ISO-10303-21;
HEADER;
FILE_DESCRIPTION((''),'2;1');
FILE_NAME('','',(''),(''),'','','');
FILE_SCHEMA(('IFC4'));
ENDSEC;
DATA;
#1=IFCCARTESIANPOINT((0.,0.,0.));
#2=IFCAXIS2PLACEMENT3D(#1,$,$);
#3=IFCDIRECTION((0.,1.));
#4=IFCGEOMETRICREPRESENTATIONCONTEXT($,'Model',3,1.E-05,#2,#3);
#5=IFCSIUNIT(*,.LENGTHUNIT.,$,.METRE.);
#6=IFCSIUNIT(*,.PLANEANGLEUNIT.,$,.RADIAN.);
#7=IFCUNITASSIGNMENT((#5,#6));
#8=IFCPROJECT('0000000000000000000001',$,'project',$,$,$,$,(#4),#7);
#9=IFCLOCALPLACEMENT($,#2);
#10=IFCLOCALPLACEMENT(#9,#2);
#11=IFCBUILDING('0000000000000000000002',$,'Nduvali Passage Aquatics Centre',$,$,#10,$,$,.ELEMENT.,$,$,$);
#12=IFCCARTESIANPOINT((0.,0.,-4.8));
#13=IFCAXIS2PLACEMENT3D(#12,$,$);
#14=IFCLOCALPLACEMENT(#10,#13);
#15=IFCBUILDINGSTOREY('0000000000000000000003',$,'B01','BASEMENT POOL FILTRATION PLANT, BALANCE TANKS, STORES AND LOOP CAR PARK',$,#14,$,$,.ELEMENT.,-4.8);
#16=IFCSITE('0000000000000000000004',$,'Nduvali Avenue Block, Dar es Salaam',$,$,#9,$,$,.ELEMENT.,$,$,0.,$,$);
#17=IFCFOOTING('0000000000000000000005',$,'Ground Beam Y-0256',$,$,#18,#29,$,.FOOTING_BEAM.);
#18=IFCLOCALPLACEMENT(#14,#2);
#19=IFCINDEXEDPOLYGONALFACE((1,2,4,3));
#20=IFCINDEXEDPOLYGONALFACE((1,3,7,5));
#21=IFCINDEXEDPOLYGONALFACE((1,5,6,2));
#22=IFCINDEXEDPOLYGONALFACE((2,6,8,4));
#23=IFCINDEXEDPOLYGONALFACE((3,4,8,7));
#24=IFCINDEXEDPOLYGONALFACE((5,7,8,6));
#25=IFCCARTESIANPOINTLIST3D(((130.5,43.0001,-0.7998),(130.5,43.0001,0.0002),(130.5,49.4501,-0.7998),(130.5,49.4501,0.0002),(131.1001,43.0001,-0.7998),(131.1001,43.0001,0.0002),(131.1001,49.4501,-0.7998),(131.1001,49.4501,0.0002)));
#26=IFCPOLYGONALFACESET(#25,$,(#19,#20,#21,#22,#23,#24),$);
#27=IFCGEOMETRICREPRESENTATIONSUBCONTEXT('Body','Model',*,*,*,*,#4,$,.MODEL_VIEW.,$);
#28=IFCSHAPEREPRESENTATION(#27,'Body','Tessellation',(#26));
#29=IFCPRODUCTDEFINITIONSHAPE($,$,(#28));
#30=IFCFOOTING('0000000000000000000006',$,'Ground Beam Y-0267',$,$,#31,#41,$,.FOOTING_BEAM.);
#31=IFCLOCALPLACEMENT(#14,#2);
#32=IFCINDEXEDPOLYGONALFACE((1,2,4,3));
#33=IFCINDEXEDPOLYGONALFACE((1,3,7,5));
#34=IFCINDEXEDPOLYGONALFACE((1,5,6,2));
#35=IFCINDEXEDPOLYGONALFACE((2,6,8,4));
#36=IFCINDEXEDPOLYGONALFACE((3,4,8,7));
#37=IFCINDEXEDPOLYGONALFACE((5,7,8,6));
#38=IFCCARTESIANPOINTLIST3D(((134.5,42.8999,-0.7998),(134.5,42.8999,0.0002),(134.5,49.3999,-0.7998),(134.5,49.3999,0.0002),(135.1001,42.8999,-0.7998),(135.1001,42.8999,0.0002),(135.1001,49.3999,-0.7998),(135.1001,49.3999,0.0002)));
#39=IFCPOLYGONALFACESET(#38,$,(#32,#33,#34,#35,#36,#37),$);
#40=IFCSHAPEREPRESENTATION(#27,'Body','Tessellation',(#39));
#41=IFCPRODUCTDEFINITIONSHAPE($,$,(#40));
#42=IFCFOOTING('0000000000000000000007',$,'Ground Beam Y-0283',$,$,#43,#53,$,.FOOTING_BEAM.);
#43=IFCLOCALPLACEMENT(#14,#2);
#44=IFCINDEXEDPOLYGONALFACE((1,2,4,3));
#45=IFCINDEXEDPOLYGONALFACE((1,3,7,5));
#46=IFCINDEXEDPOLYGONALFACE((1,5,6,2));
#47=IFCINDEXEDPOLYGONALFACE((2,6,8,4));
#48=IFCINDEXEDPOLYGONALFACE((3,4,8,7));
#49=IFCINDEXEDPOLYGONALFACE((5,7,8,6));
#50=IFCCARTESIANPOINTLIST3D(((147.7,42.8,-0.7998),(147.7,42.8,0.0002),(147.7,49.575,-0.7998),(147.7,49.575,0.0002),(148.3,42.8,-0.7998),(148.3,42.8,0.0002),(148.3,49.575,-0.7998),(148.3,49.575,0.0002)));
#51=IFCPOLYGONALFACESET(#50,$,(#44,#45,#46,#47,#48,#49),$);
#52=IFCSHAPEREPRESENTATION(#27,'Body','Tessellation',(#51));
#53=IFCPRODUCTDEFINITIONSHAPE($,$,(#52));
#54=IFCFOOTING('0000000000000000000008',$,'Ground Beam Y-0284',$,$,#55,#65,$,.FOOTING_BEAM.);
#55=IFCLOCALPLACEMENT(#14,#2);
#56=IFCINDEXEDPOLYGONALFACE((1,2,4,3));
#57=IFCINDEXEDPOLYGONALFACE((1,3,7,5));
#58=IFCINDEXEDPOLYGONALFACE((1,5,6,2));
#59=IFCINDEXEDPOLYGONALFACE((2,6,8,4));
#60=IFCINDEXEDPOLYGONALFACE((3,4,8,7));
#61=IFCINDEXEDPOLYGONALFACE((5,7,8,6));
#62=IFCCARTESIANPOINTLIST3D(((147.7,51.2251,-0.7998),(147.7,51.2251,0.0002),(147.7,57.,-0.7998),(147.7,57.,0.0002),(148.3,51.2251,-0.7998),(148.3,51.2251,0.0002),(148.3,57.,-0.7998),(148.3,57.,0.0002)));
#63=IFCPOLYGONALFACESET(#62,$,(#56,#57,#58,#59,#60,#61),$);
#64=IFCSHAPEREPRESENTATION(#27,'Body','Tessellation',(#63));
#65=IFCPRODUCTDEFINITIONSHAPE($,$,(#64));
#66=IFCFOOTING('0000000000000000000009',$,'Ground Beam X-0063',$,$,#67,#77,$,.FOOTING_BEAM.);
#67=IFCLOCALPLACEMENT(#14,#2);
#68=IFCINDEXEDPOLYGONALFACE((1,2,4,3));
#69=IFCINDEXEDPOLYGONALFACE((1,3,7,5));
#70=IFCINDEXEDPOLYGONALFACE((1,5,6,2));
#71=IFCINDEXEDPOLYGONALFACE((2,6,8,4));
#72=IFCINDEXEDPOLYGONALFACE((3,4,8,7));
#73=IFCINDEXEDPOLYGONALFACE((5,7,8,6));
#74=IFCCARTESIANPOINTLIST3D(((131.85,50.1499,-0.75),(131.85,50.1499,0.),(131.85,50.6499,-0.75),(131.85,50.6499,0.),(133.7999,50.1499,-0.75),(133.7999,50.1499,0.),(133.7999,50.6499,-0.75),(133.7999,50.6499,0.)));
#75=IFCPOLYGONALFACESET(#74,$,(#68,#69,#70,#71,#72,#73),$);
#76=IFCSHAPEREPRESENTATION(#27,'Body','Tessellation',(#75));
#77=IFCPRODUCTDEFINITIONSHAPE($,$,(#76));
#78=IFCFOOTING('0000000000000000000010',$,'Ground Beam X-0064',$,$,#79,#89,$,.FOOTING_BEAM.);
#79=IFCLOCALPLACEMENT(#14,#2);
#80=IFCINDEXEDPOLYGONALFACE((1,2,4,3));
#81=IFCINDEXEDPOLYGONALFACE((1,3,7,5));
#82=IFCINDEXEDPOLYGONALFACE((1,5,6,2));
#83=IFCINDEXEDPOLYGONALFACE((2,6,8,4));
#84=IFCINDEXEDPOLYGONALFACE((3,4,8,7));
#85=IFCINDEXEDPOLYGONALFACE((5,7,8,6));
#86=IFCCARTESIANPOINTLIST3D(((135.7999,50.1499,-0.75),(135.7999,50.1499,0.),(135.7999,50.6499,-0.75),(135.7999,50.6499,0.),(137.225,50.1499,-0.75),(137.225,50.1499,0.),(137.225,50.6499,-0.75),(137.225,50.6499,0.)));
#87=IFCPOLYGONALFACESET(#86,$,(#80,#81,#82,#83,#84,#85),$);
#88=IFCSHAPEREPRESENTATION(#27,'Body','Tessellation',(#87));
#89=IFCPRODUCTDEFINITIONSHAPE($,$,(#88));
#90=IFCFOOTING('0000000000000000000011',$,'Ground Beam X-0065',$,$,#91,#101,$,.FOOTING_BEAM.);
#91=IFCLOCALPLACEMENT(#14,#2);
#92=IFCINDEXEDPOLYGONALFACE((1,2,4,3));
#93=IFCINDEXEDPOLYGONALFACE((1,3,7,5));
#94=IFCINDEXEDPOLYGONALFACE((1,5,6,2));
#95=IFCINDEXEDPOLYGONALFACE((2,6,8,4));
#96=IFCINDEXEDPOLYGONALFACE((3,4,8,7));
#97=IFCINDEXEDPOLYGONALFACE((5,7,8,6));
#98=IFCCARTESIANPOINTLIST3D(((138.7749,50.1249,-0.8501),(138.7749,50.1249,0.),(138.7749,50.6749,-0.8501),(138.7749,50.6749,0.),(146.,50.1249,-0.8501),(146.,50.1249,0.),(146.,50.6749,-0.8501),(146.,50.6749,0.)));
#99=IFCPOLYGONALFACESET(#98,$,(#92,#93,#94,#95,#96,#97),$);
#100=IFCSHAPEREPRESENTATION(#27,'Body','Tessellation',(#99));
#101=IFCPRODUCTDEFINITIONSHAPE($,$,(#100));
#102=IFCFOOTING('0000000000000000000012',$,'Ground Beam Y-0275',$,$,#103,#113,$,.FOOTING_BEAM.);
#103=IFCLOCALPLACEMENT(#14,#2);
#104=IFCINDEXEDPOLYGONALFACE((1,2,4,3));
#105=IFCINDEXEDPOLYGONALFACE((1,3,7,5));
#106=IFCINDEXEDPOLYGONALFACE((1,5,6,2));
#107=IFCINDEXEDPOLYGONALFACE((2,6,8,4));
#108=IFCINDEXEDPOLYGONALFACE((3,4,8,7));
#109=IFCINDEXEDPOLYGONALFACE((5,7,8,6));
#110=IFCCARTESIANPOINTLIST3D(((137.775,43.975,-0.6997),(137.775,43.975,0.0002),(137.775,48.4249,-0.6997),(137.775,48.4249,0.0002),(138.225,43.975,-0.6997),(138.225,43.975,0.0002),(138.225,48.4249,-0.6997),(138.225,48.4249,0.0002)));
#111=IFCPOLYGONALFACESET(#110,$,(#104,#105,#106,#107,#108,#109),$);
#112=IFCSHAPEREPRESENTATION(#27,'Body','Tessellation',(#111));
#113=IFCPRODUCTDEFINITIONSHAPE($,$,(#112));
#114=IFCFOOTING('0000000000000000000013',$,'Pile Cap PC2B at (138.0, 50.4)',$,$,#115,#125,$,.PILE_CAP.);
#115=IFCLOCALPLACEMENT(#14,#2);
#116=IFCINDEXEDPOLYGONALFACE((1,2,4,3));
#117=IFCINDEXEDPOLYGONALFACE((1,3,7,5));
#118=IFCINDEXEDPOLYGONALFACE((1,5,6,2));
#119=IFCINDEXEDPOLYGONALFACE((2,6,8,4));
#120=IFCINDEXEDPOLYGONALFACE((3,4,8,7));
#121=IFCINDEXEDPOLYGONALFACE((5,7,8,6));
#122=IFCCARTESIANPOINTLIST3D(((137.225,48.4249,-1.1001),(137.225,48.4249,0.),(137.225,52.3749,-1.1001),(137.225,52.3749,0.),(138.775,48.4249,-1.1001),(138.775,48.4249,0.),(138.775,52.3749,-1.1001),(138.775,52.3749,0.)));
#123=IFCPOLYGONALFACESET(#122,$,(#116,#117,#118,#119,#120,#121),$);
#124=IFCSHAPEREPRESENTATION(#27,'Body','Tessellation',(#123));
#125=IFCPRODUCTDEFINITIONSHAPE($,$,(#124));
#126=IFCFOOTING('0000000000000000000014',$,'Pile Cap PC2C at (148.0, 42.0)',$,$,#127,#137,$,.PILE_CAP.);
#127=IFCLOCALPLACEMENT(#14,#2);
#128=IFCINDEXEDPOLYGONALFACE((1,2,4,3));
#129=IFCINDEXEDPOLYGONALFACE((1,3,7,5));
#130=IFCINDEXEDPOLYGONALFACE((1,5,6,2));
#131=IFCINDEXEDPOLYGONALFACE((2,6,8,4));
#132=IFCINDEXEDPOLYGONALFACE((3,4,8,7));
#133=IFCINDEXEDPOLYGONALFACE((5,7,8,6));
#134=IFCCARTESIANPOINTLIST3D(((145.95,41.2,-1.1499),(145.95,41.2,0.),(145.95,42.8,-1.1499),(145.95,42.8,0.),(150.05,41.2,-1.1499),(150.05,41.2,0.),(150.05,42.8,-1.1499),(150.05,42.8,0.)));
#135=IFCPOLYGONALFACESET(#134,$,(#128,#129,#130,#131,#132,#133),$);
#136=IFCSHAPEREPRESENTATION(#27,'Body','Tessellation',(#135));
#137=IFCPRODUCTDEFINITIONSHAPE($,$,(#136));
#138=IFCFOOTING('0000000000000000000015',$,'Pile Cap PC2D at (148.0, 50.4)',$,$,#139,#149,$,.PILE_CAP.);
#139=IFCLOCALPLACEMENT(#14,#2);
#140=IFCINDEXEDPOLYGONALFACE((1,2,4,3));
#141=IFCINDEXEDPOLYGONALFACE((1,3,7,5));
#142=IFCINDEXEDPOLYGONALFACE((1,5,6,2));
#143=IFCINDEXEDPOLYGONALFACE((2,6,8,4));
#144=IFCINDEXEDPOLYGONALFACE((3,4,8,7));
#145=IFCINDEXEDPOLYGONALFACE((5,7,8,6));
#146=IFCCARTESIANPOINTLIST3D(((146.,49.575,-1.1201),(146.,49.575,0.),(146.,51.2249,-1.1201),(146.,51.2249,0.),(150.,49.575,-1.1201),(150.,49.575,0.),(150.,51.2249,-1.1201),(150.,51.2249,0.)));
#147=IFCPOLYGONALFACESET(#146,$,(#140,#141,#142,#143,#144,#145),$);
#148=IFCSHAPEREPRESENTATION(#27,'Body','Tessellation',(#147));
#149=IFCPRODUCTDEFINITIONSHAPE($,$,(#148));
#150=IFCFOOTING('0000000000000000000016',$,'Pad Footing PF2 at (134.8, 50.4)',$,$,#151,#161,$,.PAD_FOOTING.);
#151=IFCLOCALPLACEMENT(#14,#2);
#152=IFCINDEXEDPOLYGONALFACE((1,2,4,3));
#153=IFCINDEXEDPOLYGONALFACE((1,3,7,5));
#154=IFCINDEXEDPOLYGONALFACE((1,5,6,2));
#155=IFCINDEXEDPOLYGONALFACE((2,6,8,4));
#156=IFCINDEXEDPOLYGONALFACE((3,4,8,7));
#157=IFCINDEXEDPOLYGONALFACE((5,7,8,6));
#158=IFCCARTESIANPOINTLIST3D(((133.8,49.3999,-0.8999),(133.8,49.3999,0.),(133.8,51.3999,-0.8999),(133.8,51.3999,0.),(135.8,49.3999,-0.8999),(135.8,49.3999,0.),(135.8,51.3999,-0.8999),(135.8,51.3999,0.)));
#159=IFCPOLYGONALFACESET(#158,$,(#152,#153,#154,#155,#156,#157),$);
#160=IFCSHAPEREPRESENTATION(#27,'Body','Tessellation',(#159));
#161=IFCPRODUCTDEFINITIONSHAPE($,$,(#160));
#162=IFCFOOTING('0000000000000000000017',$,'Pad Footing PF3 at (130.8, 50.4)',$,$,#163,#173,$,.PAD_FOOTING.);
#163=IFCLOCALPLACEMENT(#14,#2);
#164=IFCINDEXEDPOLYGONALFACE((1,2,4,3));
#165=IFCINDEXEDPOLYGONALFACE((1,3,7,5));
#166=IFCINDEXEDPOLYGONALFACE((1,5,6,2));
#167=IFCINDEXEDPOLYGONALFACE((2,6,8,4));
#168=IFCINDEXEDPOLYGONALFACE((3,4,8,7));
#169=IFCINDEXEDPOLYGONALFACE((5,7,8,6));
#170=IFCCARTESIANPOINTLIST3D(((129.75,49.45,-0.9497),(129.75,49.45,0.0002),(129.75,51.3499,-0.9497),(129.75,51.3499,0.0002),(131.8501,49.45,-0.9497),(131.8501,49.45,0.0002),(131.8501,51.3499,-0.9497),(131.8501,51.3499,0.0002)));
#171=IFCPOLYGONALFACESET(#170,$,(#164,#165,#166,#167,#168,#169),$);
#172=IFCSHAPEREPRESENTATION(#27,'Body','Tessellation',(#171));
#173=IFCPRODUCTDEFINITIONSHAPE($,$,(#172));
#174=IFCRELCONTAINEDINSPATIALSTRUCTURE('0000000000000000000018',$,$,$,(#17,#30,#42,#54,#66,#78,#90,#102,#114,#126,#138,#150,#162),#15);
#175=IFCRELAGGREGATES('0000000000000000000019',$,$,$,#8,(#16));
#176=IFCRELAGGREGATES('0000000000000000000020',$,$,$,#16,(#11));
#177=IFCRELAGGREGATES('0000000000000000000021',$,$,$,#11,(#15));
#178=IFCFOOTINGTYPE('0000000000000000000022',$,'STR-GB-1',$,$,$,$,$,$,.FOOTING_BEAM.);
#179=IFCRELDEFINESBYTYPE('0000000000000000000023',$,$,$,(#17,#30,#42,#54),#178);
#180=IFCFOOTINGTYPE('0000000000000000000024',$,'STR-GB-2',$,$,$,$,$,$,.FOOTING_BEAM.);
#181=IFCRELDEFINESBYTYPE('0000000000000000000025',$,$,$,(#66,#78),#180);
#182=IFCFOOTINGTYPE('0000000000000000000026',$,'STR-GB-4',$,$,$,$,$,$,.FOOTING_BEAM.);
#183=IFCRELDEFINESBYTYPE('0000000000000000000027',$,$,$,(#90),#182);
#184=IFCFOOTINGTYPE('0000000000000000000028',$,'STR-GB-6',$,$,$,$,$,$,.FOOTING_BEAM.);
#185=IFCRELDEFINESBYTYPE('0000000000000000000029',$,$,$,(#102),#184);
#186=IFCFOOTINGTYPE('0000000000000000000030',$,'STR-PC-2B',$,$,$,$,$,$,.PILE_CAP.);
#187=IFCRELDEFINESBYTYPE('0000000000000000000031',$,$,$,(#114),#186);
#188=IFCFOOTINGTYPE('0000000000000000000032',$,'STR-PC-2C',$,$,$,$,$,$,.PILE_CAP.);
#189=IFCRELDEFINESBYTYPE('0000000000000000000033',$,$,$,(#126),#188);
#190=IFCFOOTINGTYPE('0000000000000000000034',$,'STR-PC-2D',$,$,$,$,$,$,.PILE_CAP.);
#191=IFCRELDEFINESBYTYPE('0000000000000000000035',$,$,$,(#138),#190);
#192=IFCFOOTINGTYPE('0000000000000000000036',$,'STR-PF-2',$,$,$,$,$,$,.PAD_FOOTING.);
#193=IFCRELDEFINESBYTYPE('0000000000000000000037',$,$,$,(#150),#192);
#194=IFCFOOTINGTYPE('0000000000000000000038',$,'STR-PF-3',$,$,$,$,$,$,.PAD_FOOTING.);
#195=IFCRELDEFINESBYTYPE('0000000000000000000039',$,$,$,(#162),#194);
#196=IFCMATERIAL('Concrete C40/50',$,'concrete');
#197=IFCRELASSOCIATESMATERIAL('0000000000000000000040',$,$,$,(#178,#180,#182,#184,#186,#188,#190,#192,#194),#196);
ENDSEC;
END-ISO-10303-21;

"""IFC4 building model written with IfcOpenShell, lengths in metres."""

from ifc_helpers import new_model, si_unit, direction, frame, origin, origin_2d, place, context, subcontext, project, spatial, rectangle, extrude, material, type_object, element, save


model = new_model("IFC4")

# Units and contexts
model_context = context("Model", 3, precision=1e-05, world=origin(), true_north=direction((0.0, 1.0)))
body_context = subcontext(model_context, "Body", "Model", "MODEL_VIEW")
ifc_project = project(units=[si_unit("LENGTHUNIT", "METRE"), si_unit("PLANEANGLEUNIT", "RADIAN")], contexts=[model_context])

# Site, building, storey
site_placement = place(None, origin())
site = spatial("IfcSite", under=ifc_project, at=site_placement, Name="Nduvali Avenue Block, Dar es Salaam", CompositionType="ELEMENT", RefElevation=0.0)
building_placement = place(site_placement, origin())
building = spatial("IfcBuilding", under=site, at=building_placement, Name="Nduvali Passage Aquatics Centre", CompositionType="ELEMENT")
storey_placement = place(building_placement, frame((0.0, 0.0, -4.8)))
storey = spatial("IfcBuildingStorey", under=building, at=storey_placement, Name="B01", Description="BASEMENT POOL FILTRATION PLANT, BALANCE TANKS, STORES AND LOOP CAR PARK", CompositionType="ELEMENT", Elevation=-4.8)

# Footings
ifc_material = material(Name="Concrete C40/50", Category="concrete")
footing_type_1 = type_object("IfcFootingType", Name="STR-GB-1", PredefinedType="FOOTING_BEAM", material=ifc_material)
footing_1_placement = place(storey_placement, frame((130.8, 46.2251, -0.7998), z_axis=(0.0, 0.0, 1.0), x_axis=(0.0, 1.0, 0.0)))
element("IfcFooting", 1, at=footing_1_placement, inside=storey, type_object=footing_type_1, Name="Ground Beam Y-0256", PredefinedType="FOOTING_BEAM", context=body_context, shape_type="SweptSolid", body=[
    extrude(rectangle(XDim=6.45, YDim=0.6001, at=origin_2d()), origin(), (0.0, 0.0, 1.0), 0.8),
])
footing_2_placement = place(storey_placement, frame((134.8, 46.1499, -0.7998), z_axis=(0.0, 0.0, 1.0), x_axis=(0.0, 1.0, 0.0)))
element("IfcFooting", 2, at=footing_2_placement, inside=storey, type_object=footing_type_1, Name="Ground Beam Y-0267", PredefinedType="FOOTING_BEAM", context=body_context, shape_type="SweptSolid", body=[
    extrude(rectangle(XDim=6.5, YDim=0.6001, at=origin_2d()), origin(), (0.0, 0.0, 1.0), 0.8),
])
footing_3_placement = place(storey_placement, frame((148.0, 46.1875, -0.7998), z_axis=(0.0, 0.0, 1.0), x_axis=(0.0, 1.0, 0.0)))
element("IfcFooting", 3, at=footing_3_placement, inside=storey, type_object=footing_type_1, Name="Ground Beam Y-0283", PredefinedType="FOOTING_BEAM", context=body_context, shape_type="SweptSolid", body=[
    extrude(rectangle(XDim=6.7749, YDim=0.6001, at=origin_2d()), origin(), (0.0, 0.0, 1.0), 0.8),
])
footing_4_placement = place(storey_placement, frame((148.0, 54.1125, -0.7998), z_axis=(0.0, 0.0, 1.0), x_axis=(0.0, 1.0, 0.0)))
element("IfcFooting", 4, at=footing_4_placement, inside=storey, type_object=footing_type_1, Name="Ground Beam Y-0284", PredefinedType="FOOTING_BEAM", context=body_context, shape_type="SweptSolid", body=[
    extrude(rectangle(XDim=5.7749, YDim=0.6001, at=origin_2d()), origin(), (0.0, 0.0, 1.0), 0.8),
])
footing_type_2 = type_object("IfcFootingType", Name="STR-GB-2", PredefinedType="FOOTING_BEAM", material=ifc_material)
footing_5_placement = place(storey_placement, frame((132.825, 50.3999, -0.75), z_axis=(0.0, 0.0, 1.0), x_axis=(1.0, 0.0, 0.0)))
element("IfcFooting", 5, at=footing_5_placement, inside=storey, type_object=footing_type_2, Name="Ground Beam X-0063", PredefinedType="FOOTING_BEAM", context=body_context, shape_type="SweptSolid", body=[
    extrude(rectangle(XDim=1.95, YDim=0.5, at=origin_2d()), origin(), (0.0, 0.0, 1.0), 0.75),
])
footing_6_placement = place(storey_placement, frame((136.5125, 50.3999, -0.75), z_axis=(0.0, 0.0, 1.0), x_axis=(1.0, 0.0, 0.0)))
element("IfcFooting", 6, at=footing_6_placement, inside=storey, type_object=footing_type_2, Name="Ground Beam X-0064", PredefinedType="FOOTING_BEAM", context=body_context, shape_type="SweptSolid", body=[
    extrude(rectangle(XDim=1.425, YDim=0.5, at=origin_2d()), origin(), (0.0, 0.0, 1.0), 0.75),
])
footing_type_3 = type_object("IfcFootingType", Name="STR-GB-4", PredefinedType="FOOTING_BEAM", material=ifc_material)
footing_7_placement = place(storey_placement, frame((142.3875, 50.3999, -0.8501), z_axis=(0.0, 0.0, 1.0), x_axis=(1.0, 0.0, 0.0)))
element("IfcFooting", 7, at=footing_7_placement, inside=storey, type_object=footing_type_3, Name="Ground Beam X-0065", PredefinedType="FOOTING_BEAM", context=body_context, shape_type="SweptSolid", body=[
    extrude(rectangle(XDim=7.2251, YDim=0.55, at=origin_2d()), origin(), (0.0, 0.0, 1.0), 0.8501),
])
footing_type_4 = type_object("IfcFootingType", Name="STR-GB-6", PredefinedType="FOOTING_BEAM", material=ifc_material)
footing_8_placement = place(storey_placement, frame((138.0, 46.2, -0.6997), z_axis=(0.0, 0.0, 1.0), x_axis=(0.0, 1.0, 0.0)))
element("IfcFooting", 8, at=footing_8_placement, inside=storey, type_object=footing_type_4, Name="Ground Beam Y-0275", PredefinedType="FOOTING_BEAM", context=body_context, shape_type="SweptSolid", body=[
    extrude(rectangle(XDim=4.45, YDim=0.45, at=origin_2d()), origin(), (0.0, 0.0, 1.0), 0.7),
])
footing_type_5 = type_object("IfcFootingType", Name="STR-PC-2B", PredefinedType="PILE_CAP", material=ifc_material)
footing_9_placement = place(storey_placement, frame((138.0, 50.3999, -1.1001), z_axis=(0.0, 0.0, 1.0), x_axis=(1.0, 0.0, 0.0)))
element("IfcFooting", 9, at=footing_9_placement, inside=storey, type_object=footing_type_5, Name="Pile Cap PC2B at (138.0, 50.4)", PredefinedType="PILE_CAP", context=body_context, shape_type="SweptSolid", body=[
    extrude(rectangle(XDim=1.55, YDim=3.95, at=origin_2d()), origin(), (0.0, 0.0, 1.0), 1.1001),
])
footing_type_6 = type_object("IfcFootingType", Name="STR-PC-2C", PredefinedType="PILE_CAP", material=ifc_material)
footing_10_placement = place(storey_placement, frame((148.0, 42.0, -1.1499), z_axis=(0.0, 0.0, 1.0), x_axis=(1.0, 0.0, 0.0)))
element("IfcFooting", 10, at=footing_10_placement, inside=storey, type_object=footing_type_6, Name="Pile Cap PC2C at (148.0, 42.0)", PredefinedType="PILE_CAP", context=body_context, shape_type="SweptSolid", body=[
    extrude(rectangle(XDim=4.1001, YDim=1.6001, at=origin_2d()), origin(), (0.0, 0.0, 1.0), 1.1499),
])
footing_type_7 = type_object("IfcFootingType", Name="STR-PC-2D", PredefinedType="PILE_CAP", material=ifc_material)
footing_11_placement = place(storey_placement, frame((148.0, 50.3999, -1.1201), z_axis=(0.0, 0.0, 1.0), x_axis=(1.0, 0.0, 0.0)))
element("IfcFooting", 11, at=footing_11_placement, inside=storey, type_object=footing_type_7, Name="Pile Cap PC2D at (148.0, 50.4)", PredefinedType="PILE_CAP", context=body_context, shape_type="SweptSolid", body=[
    extrude(rectangle(XDim=4.0, YDim=1.6499, at=origin_2d()), origin(), (0.0, 0.0, 1.0), 1.1201),
])
footing_type_8 = type_object("IfcFootingType", Name="STR-PF-2", PredefinedType="PAD_FOOTING", material=ifc_material)
footing_12_placement = place(storey_placement, frame((134.8, 50.3999, -0.8999), z_axis=(0.0, 0.0, 1.0), x_axis=(1.0, 0.0, 0.0)))
element("IfcFooting", 12, at=footing_12_placement, inside=storey, type_object=footing_type_8, Name="Pad Footing PF2 at (134.8, 50.4)", PredefinedType="PAD_FOOTING", context=body_context, shape_type="SweptSolid", body=[
    extrude(rectangle(XDim=2.0, YDim=2.0, at=origin_2d()), origin(), (0.0, 0.0, 1.0), 0.8999),
])
footing_type_9 = type_object("IfcFootingType", Name="STR-PF-3", PredefinedType="PAD_FOOTING", material=ifc_material)
footing_13_placement = place(storey_placement, frame((130.8, 50.3999, -0.9497), z_axis=(0.0, 0.0, 1.0), x_axis=(1.0, 0.0, 0.0)))
element("IfcFooting", 13, at=footing_13_placement, inside=storey, type_object=footing_type_9, Name="Pad Footing PF3 at (130.8, 50.4)", PredefinedType="PAD_FOOTING", context=body_context, shape_type="SweptSolid", body=[
    extrude(rectangle(XDim=2.1001, YDim=1.8999, at=origin_2d()), origin(), (0.0, 0.0, 1.0), 0.95),
])

save(model, "model.ifc")
